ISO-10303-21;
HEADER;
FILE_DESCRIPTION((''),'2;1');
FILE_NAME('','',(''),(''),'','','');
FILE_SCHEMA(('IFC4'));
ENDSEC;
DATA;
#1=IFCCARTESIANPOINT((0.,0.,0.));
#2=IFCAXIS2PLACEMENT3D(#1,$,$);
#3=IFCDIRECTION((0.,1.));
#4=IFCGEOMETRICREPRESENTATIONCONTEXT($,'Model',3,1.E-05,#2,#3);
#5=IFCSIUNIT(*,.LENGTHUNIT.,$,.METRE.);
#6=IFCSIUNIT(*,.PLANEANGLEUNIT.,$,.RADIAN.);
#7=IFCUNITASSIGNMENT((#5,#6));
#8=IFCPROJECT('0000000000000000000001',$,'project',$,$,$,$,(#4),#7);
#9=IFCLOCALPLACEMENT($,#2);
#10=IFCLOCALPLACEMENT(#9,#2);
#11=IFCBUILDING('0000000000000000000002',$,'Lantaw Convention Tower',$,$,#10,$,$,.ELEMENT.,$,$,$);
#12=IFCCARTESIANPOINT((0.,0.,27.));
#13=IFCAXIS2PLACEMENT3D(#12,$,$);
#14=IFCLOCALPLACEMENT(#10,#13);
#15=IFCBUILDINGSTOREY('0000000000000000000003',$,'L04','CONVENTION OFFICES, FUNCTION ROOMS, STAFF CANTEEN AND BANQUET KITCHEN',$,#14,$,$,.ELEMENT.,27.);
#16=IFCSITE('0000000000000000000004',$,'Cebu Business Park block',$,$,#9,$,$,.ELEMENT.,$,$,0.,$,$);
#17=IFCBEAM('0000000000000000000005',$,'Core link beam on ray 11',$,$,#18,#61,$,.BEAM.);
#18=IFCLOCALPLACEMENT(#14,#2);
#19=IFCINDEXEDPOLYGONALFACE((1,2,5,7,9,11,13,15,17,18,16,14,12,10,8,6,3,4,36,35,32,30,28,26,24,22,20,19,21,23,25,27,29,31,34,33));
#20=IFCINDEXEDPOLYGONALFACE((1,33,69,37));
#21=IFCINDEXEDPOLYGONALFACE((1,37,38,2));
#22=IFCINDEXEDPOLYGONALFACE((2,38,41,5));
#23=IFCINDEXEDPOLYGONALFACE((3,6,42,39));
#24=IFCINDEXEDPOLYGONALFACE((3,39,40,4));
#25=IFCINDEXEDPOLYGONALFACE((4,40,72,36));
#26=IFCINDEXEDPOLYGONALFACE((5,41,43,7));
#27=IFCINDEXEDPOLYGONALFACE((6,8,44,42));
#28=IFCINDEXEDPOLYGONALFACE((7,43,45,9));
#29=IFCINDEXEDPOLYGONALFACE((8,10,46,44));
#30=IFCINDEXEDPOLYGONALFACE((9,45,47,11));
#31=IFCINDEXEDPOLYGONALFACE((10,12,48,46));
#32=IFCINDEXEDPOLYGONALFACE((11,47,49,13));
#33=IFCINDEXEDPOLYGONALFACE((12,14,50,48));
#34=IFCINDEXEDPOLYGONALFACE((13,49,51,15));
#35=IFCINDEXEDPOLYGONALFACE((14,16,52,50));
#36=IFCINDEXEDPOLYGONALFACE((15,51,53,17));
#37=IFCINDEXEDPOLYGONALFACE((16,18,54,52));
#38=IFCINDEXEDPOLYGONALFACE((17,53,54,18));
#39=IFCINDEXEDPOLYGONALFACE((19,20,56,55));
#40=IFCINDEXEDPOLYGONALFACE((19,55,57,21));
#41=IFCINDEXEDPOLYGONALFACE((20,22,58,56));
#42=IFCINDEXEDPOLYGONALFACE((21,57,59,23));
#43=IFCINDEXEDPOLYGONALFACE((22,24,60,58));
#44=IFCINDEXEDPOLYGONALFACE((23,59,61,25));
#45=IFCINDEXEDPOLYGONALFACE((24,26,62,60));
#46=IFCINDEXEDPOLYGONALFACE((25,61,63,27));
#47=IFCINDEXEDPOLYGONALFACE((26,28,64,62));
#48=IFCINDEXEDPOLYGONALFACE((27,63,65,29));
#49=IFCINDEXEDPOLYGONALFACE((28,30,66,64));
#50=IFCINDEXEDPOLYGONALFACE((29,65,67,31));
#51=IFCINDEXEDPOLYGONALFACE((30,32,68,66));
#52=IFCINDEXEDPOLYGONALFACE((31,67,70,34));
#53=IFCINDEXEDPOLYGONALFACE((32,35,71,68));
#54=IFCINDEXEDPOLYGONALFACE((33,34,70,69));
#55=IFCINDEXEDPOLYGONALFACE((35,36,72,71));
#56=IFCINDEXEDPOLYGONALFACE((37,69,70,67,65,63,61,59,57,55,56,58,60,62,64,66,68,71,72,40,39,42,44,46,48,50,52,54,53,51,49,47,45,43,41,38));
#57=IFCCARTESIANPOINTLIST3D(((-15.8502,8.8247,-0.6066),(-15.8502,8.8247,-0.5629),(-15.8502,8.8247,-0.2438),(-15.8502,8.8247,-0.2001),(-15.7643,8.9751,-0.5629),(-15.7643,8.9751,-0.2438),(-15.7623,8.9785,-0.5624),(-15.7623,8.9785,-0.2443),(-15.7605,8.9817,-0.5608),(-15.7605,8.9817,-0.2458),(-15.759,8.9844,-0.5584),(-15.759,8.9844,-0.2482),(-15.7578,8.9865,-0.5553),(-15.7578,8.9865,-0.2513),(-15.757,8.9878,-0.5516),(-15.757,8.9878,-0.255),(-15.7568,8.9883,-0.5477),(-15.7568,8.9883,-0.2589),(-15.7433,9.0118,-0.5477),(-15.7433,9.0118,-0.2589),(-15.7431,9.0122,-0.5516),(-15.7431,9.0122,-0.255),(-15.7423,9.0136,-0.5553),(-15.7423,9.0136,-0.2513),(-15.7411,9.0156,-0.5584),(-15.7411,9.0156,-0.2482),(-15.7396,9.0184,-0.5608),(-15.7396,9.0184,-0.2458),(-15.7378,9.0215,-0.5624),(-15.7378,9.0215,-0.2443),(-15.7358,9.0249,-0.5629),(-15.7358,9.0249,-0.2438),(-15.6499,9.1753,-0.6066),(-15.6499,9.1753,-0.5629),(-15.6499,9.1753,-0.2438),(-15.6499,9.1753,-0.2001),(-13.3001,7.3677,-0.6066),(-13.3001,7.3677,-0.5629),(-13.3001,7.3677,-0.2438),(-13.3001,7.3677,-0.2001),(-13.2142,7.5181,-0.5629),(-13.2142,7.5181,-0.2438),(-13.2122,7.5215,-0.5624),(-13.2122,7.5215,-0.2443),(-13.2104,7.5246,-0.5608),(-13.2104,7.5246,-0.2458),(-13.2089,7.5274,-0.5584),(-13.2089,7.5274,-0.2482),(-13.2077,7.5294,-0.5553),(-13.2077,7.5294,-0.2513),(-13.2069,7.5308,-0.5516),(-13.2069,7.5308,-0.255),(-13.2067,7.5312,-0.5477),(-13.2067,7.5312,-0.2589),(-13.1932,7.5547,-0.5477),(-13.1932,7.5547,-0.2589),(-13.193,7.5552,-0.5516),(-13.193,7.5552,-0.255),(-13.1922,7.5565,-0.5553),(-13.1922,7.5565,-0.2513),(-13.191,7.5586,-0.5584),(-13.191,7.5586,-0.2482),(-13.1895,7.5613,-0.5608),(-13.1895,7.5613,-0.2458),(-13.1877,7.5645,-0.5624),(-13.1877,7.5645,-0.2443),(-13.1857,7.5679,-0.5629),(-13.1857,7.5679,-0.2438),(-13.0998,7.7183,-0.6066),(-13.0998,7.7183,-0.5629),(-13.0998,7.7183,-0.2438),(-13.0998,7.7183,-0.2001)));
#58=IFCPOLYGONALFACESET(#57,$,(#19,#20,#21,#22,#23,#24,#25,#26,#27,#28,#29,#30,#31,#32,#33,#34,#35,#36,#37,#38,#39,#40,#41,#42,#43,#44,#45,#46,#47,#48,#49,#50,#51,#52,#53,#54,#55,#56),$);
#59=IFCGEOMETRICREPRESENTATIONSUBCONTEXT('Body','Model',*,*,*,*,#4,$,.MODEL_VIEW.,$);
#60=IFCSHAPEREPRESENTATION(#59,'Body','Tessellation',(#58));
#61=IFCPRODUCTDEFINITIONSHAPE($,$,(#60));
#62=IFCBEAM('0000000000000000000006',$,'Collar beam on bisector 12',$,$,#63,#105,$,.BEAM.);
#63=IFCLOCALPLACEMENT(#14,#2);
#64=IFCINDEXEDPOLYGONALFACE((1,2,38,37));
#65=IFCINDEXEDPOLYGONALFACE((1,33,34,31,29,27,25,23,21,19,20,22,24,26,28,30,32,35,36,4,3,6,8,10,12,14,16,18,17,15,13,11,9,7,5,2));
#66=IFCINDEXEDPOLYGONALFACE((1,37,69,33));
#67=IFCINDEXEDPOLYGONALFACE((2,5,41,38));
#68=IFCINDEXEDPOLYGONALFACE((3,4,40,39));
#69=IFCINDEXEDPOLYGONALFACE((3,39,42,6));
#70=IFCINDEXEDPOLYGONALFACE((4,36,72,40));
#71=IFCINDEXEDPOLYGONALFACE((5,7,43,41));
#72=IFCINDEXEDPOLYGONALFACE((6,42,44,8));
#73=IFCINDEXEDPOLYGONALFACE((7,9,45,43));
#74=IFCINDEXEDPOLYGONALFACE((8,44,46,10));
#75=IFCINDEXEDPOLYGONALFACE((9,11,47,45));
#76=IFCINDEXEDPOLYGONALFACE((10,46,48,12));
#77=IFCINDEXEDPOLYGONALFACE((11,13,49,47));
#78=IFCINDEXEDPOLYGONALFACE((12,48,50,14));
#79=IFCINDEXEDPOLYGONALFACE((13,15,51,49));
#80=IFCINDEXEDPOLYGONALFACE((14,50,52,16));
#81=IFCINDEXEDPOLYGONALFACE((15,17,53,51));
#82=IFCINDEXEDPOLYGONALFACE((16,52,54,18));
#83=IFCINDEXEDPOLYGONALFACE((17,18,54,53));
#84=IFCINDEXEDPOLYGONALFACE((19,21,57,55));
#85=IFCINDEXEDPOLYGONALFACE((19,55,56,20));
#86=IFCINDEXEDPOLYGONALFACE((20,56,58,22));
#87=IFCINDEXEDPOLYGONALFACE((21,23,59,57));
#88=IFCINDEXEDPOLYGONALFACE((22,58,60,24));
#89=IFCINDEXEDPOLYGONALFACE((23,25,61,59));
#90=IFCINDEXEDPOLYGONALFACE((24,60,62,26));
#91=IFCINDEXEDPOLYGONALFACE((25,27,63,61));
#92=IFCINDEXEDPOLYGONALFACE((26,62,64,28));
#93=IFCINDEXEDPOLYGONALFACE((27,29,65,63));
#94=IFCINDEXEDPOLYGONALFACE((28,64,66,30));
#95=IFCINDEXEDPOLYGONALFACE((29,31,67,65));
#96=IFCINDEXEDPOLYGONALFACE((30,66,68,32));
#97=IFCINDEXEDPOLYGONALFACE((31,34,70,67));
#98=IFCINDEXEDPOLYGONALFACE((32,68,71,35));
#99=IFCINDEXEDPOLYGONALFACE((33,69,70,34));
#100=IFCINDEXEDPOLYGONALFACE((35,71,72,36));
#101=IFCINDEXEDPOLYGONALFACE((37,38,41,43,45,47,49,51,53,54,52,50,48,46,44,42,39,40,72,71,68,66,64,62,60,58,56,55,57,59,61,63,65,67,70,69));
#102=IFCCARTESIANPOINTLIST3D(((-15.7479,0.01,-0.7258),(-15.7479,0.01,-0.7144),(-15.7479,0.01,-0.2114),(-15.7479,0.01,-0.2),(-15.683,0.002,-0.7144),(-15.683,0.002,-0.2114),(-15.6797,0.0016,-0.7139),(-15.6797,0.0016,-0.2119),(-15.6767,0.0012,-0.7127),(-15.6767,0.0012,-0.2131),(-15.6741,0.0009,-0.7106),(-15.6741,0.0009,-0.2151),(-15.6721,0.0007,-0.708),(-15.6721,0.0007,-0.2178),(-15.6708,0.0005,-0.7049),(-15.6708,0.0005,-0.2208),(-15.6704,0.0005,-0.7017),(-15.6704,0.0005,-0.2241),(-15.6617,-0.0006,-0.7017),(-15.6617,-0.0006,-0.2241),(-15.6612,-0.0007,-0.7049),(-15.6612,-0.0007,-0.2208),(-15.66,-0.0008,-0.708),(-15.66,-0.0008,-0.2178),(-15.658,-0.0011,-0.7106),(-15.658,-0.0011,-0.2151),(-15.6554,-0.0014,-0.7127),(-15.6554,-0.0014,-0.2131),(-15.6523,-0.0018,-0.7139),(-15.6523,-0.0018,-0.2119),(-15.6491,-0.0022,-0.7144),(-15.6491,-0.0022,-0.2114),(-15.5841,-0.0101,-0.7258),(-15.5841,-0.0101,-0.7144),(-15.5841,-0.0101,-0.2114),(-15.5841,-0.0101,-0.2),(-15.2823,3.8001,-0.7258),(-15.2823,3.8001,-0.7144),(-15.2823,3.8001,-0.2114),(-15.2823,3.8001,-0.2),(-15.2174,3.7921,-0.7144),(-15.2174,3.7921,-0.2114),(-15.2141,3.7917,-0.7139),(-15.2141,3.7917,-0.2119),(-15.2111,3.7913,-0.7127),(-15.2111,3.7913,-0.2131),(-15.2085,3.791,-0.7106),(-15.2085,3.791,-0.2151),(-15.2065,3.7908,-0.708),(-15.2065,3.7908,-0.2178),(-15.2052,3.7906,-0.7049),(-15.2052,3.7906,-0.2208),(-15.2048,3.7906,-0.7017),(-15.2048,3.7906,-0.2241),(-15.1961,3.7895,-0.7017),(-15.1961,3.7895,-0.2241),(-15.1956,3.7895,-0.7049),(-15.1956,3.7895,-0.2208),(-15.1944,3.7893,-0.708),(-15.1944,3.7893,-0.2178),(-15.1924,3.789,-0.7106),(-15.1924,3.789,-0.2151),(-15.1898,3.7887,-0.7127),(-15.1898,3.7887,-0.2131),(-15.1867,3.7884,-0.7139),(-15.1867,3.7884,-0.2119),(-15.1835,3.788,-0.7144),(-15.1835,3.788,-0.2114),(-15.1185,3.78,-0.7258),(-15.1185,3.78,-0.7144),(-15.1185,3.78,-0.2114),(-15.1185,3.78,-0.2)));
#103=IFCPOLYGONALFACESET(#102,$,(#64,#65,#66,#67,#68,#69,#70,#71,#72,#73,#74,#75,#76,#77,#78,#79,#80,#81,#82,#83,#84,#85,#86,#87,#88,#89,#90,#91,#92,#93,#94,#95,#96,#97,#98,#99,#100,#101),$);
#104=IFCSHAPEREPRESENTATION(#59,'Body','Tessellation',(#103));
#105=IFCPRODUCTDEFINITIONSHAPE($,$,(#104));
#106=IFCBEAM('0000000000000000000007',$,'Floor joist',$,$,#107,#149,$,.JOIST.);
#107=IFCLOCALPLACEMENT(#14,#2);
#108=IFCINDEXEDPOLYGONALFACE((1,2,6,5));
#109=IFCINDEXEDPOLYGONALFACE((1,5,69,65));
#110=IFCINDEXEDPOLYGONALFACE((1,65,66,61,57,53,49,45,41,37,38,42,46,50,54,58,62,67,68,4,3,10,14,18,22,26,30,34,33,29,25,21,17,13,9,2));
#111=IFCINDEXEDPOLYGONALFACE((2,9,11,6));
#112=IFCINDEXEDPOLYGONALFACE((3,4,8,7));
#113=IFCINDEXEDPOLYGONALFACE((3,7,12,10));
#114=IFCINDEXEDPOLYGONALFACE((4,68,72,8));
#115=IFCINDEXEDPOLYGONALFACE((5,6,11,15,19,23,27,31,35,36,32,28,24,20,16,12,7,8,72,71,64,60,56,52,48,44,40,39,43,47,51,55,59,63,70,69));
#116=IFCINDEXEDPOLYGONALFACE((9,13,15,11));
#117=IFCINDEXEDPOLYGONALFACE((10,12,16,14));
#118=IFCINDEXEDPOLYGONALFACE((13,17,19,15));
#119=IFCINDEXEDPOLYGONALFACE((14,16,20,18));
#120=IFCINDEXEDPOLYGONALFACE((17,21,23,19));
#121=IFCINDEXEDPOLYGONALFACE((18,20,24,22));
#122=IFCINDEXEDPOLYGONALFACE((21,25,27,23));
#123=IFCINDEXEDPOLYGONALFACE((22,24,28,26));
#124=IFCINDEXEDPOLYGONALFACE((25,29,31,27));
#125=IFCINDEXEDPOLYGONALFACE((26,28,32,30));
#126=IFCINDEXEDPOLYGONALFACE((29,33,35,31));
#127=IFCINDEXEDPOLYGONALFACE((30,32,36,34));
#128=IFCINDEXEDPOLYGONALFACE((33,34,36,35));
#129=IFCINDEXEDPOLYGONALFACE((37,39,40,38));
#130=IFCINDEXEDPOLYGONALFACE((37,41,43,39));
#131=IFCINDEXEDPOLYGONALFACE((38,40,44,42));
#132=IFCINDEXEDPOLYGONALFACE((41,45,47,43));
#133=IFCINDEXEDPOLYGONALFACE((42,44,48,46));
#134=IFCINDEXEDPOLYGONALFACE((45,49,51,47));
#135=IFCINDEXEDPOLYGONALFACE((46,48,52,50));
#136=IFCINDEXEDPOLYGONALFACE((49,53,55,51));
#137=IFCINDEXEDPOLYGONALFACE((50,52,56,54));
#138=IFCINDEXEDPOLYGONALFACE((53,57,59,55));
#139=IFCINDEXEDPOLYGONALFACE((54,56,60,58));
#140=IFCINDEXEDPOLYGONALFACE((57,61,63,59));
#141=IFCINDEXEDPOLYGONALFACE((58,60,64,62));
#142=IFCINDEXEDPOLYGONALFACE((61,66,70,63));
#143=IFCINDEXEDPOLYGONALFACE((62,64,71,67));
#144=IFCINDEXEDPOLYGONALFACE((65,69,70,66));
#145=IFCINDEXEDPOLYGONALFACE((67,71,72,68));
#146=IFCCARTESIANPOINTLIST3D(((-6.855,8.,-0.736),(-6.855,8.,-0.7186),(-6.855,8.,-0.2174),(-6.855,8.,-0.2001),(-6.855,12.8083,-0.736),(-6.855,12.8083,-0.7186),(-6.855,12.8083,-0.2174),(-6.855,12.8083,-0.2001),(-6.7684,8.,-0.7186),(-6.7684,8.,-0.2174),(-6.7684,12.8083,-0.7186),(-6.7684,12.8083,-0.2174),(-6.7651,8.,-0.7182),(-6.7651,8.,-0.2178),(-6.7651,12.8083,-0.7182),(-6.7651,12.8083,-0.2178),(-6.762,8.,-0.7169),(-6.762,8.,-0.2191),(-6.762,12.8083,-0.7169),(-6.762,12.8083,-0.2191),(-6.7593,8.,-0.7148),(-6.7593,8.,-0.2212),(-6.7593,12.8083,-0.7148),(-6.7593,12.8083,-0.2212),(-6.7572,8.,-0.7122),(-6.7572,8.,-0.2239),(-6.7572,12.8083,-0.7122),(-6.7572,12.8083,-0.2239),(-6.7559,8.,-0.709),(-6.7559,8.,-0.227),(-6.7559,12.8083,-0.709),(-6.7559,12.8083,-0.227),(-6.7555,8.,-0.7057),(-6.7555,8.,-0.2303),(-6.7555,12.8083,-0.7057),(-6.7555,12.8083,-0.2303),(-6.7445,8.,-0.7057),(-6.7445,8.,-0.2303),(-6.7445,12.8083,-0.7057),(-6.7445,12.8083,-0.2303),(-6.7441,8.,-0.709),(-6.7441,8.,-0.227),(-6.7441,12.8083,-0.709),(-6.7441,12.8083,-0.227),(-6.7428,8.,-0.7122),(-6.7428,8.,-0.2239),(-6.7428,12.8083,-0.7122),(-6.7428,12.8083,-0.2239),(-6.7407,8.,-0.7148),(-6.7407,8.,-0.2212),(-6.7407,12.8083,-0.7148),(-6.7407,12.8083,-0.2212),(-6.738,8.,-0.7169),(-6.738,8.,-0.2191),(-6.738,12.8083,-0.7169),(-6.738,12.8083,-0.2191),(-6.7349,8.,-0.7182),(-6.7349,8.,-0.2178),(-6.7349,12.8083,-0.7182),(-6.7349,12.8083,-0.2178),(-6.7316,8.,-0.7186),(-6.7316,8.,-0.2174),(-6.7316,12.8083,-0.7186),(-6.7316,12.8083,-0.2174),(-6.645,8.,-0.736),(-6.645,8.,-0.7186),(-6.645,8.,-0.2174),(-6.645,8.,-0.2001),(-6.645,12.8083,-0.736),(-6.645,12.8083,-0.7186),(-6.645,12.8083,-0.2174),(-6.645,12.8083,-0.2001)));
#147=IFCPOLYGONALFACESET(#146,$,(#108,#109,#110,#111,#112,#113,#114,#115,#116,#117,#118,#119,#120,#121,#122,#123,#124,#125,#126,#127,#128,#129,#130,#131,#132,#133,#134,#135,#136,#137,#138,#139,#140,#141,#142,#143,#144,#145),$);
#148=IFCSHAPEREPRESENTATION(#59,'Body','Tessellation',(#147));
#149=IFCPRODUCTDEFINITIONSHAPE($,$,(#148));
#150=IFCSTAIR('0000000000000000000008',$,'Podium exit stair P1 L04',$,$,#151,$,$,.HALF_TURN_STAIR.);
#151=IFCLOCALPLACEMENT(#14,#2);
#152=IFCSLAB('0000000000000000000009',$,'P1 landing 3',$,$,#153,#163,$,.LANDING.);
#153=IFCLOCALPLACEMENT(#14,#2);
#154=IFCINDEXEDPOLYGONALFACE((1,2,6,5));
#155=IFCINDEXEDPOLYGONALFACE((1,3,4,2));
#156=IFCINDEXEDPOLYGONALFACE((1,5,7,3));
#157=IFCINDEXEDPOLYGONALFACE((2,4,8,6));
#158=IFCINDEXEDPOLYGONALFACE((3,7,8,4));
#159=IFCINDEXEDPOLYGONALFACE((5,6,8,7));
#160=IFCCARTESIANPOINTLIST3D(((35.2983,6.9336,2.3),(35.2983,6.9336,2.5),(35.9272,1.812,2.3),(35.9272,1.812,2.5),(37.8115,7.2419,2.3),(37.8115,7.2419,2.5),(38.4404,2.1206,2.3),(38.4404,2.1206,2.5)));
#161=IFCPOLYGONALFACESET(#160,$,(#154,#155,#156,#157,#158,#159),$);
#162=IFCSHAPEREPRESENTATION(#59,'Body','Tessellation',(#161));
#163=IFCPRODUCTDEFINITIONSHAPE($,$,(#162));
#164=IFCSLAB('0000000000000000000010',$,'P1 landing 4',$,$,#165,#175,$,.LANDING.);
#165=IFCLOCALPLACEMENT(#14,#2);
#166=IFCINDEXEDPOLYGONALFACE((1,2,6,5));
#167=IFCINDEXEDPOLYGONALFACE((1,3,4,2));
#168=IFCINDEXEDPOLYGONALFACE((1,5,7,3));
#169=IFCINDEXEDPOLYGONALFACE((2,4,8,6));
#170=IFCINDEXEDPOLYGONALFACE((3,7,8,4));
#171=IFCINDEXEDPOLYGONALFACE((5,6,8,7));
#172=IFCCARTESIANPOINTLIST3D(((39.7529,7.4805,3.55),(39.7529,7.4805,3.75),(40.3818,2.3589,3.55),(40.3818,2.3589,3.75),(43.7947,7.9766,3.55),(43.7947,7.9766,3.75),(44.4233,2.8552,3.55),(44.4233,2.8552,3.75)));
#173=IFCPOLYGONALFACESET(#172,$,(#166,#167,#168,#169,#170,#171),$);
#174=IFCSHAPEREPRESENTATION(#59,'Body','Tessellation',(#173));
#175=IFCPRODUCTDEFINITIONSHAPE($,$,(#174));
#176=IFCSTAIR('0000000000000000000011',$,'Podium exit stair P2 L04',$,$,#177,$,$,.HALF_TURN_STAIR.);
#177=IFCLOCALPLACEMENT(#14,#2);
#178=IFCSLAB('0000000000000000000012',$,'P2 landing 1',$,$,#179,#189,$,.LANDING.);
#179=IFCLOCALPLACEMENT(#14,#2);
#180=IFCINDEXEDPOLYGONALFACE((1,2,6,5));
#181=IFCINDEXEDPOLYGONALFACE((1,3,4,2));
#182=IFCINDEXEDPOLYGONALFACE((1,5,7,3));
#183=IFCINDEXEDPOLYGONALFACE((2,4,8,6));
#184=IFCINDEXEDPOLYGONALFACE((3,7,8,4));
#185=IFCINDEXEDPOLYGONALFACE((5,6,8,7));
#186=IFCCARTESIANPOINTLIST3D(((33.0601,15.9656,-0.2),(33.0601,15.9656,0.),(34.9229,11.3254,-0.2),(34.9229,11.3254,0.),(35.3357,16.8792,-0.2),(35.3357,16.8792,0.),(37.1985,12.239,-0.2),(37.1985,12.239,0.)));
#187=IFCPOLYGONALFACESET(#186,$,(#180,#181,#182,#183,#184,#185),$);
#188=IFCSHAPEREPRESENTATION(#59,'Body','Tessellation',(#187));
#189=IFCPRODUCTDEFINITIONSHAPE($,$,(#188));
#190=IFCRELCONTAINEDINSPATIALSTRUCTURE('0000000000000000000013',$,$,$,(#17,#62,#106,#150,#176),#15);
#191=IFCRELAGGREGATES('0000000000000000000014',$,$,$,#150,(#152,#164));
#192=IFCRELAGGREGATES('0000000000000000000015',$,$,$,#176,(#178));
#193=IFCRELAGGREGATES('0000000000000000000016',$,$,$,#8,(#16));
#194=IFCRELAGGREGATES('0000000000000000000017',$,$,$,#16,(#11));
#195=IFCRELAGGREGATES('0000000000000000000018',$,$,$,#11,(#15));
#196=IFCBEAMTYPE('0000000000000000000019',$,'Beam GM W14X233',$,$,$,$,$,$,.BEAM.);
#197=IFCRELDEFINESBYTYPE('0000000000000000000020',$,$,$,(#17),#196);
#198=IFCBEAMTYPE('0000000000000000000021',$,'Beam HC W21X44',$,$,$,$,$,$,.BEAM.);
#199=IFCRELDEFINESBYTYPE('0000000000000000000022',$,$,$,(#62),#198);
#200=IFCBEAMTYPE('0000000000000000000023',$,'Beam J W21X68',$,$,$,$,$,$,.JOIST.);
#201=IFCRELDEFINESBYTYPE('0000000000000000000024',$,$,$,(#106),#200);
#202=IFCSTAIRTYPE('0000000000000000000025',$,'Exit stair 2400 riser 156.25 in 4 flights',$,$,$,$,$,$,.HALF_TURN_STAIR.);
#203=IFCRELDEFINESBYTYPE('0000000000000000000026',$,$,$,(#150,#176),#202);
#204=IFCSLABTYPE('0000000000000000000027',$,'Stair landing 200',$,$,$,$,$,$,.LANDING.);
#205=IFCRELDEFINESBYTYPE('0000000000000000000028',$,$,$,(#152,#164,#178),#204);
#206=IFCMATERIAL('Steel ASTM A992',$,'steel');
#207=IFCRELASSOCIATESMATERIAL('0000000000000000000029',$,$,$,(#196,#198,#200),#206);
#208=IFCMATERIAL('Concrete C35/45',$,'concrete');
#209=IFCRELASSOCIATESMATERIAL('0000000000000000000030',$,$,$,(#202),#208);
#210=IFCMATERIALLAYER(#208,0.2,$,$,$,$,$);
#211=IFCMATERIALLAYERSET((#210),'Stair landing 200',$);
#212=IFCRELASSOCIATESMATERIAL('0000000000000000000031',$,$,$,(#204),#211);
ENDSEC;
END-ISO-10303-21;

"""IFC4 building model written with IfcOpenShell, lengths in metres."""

from ifc_helpers import new_model, si_unit, direction, frame, origin, origin_2d, place, context, subcontext, project, spatial, polyline, i_section, outline, extrude, material, layer, layer_set, material_profile, profile_set, type_object, element, aggregate, save


model = new_model("IFC4")

# Units and contexts
model_context = context("Model", 3, precision=1e-05, world=origin(), true_north=direction((0.0, 1.0)))
body_context = subcontext(model_context, "Body", "Model", "MODEL_VIEW")
ifc_project = project(units=[si_unit("LENGTHUNIT", "METRE"), si_unit("PLANEANGLEUNIT", "RADIAN")], contexts=[model_context])

# Site, building, storey
site_placement = place(None, origin())
site = spatial("IfcSite", under=ifc_project, at=site_placement, Name="Cebu Business Park block", CompositionType="ELEMENT", RefElevation=0.0)
building_placement = place(site_placement, origin())
building = spatial("IfcBuilding", under=site, at=building_placement, Name="Lantaw Convention Tower", CompositionType="ELEMENT")
storey_placement = place(building_placement, frame((0.0, 0.0, 27.0)))
storey = spatial("IfcBuildingStorey", under=building, at=storey_placement, Name="L04", Description="CONVENTION OFFICES, FUNCTION ROOMS, STAFF CANTEEN AND BANQUET KITCHEN", CompositionType="ELEMENT", Elevation=27.0)

# Beams
ifc_material_1 = material(Name="Steel ASTM A992", Category="steel")
ifc_material_profile_1 = material_profile(ifc_material_1, i_section(OverallWidth=0.4038, OverallDepth=0.4065, WebThickness=0.0271, FlangeThickness=0.0437, FilletRadius=0.0151, at=origin_2d()), Name="W14X233")
ifc_profile_set_1 = profile_set([ifc_material_profile_1], Name="Steel ASTM A992")
beam_type_1 = type_object("IfcBeamType", Name="Beam GM W14X233", PredefinedType="BEAM", material=ifc_profile_set_1)
beam_1_placement = place(storey_placement, frame((-13.2, 7.543, -0.4033), z_axis=(-0.868264, 0.496103, 0.0), x_axis=(-0.496103, -0.868264, 0.0)))
element("IfcBeam", 1, at=beam_1_placement, inside=storey, type_object=beam_type_1, Name="Core link beam on ray 11", PredefinedType="BEAM", context=body_context, shape_type="SweptSolid", body=[
    extrude(i_section(OverallWidth=0.4038, OverallDepth=0.4065, WebThickness=0.0271, FlangeThickness=0.0437, FilletRadius=0.0151, at=origin_2d()), origin(), (0.0, 0.0, 1.0), 2.937),
])
ifc_material_profile_2 = material_profile(ifc_material_1, i_section(OverallWidth=0.165, OverallDepth=0.5259, WebThickness=0.0088, FlangeThickness=0.0115, FilletRadius=0.0127, at=origin_2d()), Name="W21X44")
ifc_profile_set_2 = profile_set([ifc_material_profile_2], Name="Steel ASTM A992")
beam_type_2 = type_object("IfcBeamType", Name="Beam HC W21X44", PredefinedType="BEAM", material=ifc_profile_set_2)
beam_2_placement = place(storey_placement, frame((-15.2004, 3.79, -0.4629), z_axis=(-0.121926, -0.992539, 0.0), x_axis=(0.992539, -0.121926, 0.0)))
element("IfcBeam", 2, at=beam_2_placement, inside=storey, type_object=beam_type_2, Name="Collar beam on bisector 12", PredefinedType="BEAM", context=body_context, shape_type="SweptSolid", body=[
    extrude(i_section(OverallWidth=0.165, OverallDepth=0.5259, WebThickness=0.0088, FlangeThickness=0.0115, FilletRadius=0.0127, at=origin_2d()), origin(), (0.0, 0.0, 1.0), 3.8186),
])
ifc_material_profile_3 = material_profile(ifc_material_1, i_section(OverallWidth=0.21, OverallDepth=0.5359, WebThickness=0.011, FlangeThickness=0.0173, FilletRadius=0.0129, at=origin_2d()), Name="W21X68")
ifc_profile_set_3 = profile_set([ifc_material_profile_3], Name="Steel ASTM A992")
beam_type_3 = type_object("IfcBeamType", Name="Beam J W21X68", PredefinedType="JOIST", material=ifc_profile_set_3)
beam_3_placement = place(storey_placement, frame((-6.75, 8.0, -0.468), z_axis=(0.0, 1.0, 0.0), x_axis=(-1.0, 0.0, 0.0)))
element("IfcBeam", 3, at=beam_3_placement, inside=storey, type_object=beam_type_3, Name="Floor joist", PredefinedType="JOIST", context=body_context, shape_type="SweptSolid", body=[
    extrude(i_section(OverallWidth=0.21, OverallDepth=0.5359, WebThickness=0.011, FlangeThickness=0.0173, FilletRadius=0.0129, at=origin_2d()), origin(), (0.0, 0.0, 1.0), 4.8083),
])

# Stairs, slabs
ifc_material_2 = material(Name="Concrete C35/45", Category="concrete")
stair_type = type_object("IfcStairType", Name="Exit stair 2400 riser 156.25 in 4 flights", PredefinedType="HALF_TURN_STAIR", material=ifc_material_2)
stair_1_placement = place(storey_placement, origin())
stair_1 = element("IfcStair", 4, at=stair_1_placement, inside=storey, type_object=stair_type, Name="Podium exit stair P1 L04", PredefinedType="HALF_TURN_STAIR")
ifc_layer_1 = layer(ifc_material_2, 0.2)
ifc_layer_set_1 = layer_set([ifc_layer_1], Name="Stair landing 200")
slab_type = type_object("IfcSlabType", Name="Stair landing 200", PredefinedType="LANDING", material=ifc_layer_set_1)
slab_1_placement = place(storey_placement, frame((0.0, 0.0, 2.3)))
slab_1 = element("IfcSlab", 5, at=slab_1_placement, type_object=slab_type, Name="P1 landing 3", PredefinedType="LANDING", context=body_context, shape_type="SweptSolid", body=[
    extrude(outline(polyline([(35.9272, 1.812), (38.4404, 2.1206), (37.8115, 7.2419), (35.2983, 6.9336), (35.9272, 1.812)])), origin(), (0.0, 0.0, 1.0), 0.2),
])
slab_2_placement = place(storey_placement, frame((0.0, 0.0, 3.55)))
slab_2 = element("IfcSlab", 6, at=slab_2_placement, type_object=slab_type, Name="P1 landing 4", PredefinedType="LANDING", context=body_context, shape_type="SweptSolid", body=[
    extrude(outline(polyline([(40.3818, 2.3589), (44.4233, 2.8552), (43.7947, 7.9766), (39.7529, 7.4805), (40.3818, 2.3589)])), origin(), (0.0, 0.0, 1.0), 0.2),
])
aggregate(stair_1, [slab_1, slab_2])
stair_2_placement = place(storey_placement, origin())
stair_2 = element("IfcStair", 7, at=stair_2_placement, inside=storey, type_object=stair_type, Name="Podium exit stair P2 L04", PredefinedType="HALF_TURN_STAIR")
slab_3_placement = place(storey_placement, frame((0.0, 0.0, -0.2)))
slab_3 = element("IfcSlab", 8, at=slab_3_placement, type_object=slab_type, Name="P2 landing 1", PredefinedType="LANDING", context=body_context, shape_type="SweptSolid", body=[
    extrude(outline(polyline([(34.9229, 11.3254), (37.1985, 12.239), (35.3357, 16.8792), (33.0601, 15.9656), (34.9229, 11.3254)])), origin(), (0.0, 0.0, 1.0), 0.2),
])
aggregate(stair_2, [slab_3])

save(model, "model.ifc")
